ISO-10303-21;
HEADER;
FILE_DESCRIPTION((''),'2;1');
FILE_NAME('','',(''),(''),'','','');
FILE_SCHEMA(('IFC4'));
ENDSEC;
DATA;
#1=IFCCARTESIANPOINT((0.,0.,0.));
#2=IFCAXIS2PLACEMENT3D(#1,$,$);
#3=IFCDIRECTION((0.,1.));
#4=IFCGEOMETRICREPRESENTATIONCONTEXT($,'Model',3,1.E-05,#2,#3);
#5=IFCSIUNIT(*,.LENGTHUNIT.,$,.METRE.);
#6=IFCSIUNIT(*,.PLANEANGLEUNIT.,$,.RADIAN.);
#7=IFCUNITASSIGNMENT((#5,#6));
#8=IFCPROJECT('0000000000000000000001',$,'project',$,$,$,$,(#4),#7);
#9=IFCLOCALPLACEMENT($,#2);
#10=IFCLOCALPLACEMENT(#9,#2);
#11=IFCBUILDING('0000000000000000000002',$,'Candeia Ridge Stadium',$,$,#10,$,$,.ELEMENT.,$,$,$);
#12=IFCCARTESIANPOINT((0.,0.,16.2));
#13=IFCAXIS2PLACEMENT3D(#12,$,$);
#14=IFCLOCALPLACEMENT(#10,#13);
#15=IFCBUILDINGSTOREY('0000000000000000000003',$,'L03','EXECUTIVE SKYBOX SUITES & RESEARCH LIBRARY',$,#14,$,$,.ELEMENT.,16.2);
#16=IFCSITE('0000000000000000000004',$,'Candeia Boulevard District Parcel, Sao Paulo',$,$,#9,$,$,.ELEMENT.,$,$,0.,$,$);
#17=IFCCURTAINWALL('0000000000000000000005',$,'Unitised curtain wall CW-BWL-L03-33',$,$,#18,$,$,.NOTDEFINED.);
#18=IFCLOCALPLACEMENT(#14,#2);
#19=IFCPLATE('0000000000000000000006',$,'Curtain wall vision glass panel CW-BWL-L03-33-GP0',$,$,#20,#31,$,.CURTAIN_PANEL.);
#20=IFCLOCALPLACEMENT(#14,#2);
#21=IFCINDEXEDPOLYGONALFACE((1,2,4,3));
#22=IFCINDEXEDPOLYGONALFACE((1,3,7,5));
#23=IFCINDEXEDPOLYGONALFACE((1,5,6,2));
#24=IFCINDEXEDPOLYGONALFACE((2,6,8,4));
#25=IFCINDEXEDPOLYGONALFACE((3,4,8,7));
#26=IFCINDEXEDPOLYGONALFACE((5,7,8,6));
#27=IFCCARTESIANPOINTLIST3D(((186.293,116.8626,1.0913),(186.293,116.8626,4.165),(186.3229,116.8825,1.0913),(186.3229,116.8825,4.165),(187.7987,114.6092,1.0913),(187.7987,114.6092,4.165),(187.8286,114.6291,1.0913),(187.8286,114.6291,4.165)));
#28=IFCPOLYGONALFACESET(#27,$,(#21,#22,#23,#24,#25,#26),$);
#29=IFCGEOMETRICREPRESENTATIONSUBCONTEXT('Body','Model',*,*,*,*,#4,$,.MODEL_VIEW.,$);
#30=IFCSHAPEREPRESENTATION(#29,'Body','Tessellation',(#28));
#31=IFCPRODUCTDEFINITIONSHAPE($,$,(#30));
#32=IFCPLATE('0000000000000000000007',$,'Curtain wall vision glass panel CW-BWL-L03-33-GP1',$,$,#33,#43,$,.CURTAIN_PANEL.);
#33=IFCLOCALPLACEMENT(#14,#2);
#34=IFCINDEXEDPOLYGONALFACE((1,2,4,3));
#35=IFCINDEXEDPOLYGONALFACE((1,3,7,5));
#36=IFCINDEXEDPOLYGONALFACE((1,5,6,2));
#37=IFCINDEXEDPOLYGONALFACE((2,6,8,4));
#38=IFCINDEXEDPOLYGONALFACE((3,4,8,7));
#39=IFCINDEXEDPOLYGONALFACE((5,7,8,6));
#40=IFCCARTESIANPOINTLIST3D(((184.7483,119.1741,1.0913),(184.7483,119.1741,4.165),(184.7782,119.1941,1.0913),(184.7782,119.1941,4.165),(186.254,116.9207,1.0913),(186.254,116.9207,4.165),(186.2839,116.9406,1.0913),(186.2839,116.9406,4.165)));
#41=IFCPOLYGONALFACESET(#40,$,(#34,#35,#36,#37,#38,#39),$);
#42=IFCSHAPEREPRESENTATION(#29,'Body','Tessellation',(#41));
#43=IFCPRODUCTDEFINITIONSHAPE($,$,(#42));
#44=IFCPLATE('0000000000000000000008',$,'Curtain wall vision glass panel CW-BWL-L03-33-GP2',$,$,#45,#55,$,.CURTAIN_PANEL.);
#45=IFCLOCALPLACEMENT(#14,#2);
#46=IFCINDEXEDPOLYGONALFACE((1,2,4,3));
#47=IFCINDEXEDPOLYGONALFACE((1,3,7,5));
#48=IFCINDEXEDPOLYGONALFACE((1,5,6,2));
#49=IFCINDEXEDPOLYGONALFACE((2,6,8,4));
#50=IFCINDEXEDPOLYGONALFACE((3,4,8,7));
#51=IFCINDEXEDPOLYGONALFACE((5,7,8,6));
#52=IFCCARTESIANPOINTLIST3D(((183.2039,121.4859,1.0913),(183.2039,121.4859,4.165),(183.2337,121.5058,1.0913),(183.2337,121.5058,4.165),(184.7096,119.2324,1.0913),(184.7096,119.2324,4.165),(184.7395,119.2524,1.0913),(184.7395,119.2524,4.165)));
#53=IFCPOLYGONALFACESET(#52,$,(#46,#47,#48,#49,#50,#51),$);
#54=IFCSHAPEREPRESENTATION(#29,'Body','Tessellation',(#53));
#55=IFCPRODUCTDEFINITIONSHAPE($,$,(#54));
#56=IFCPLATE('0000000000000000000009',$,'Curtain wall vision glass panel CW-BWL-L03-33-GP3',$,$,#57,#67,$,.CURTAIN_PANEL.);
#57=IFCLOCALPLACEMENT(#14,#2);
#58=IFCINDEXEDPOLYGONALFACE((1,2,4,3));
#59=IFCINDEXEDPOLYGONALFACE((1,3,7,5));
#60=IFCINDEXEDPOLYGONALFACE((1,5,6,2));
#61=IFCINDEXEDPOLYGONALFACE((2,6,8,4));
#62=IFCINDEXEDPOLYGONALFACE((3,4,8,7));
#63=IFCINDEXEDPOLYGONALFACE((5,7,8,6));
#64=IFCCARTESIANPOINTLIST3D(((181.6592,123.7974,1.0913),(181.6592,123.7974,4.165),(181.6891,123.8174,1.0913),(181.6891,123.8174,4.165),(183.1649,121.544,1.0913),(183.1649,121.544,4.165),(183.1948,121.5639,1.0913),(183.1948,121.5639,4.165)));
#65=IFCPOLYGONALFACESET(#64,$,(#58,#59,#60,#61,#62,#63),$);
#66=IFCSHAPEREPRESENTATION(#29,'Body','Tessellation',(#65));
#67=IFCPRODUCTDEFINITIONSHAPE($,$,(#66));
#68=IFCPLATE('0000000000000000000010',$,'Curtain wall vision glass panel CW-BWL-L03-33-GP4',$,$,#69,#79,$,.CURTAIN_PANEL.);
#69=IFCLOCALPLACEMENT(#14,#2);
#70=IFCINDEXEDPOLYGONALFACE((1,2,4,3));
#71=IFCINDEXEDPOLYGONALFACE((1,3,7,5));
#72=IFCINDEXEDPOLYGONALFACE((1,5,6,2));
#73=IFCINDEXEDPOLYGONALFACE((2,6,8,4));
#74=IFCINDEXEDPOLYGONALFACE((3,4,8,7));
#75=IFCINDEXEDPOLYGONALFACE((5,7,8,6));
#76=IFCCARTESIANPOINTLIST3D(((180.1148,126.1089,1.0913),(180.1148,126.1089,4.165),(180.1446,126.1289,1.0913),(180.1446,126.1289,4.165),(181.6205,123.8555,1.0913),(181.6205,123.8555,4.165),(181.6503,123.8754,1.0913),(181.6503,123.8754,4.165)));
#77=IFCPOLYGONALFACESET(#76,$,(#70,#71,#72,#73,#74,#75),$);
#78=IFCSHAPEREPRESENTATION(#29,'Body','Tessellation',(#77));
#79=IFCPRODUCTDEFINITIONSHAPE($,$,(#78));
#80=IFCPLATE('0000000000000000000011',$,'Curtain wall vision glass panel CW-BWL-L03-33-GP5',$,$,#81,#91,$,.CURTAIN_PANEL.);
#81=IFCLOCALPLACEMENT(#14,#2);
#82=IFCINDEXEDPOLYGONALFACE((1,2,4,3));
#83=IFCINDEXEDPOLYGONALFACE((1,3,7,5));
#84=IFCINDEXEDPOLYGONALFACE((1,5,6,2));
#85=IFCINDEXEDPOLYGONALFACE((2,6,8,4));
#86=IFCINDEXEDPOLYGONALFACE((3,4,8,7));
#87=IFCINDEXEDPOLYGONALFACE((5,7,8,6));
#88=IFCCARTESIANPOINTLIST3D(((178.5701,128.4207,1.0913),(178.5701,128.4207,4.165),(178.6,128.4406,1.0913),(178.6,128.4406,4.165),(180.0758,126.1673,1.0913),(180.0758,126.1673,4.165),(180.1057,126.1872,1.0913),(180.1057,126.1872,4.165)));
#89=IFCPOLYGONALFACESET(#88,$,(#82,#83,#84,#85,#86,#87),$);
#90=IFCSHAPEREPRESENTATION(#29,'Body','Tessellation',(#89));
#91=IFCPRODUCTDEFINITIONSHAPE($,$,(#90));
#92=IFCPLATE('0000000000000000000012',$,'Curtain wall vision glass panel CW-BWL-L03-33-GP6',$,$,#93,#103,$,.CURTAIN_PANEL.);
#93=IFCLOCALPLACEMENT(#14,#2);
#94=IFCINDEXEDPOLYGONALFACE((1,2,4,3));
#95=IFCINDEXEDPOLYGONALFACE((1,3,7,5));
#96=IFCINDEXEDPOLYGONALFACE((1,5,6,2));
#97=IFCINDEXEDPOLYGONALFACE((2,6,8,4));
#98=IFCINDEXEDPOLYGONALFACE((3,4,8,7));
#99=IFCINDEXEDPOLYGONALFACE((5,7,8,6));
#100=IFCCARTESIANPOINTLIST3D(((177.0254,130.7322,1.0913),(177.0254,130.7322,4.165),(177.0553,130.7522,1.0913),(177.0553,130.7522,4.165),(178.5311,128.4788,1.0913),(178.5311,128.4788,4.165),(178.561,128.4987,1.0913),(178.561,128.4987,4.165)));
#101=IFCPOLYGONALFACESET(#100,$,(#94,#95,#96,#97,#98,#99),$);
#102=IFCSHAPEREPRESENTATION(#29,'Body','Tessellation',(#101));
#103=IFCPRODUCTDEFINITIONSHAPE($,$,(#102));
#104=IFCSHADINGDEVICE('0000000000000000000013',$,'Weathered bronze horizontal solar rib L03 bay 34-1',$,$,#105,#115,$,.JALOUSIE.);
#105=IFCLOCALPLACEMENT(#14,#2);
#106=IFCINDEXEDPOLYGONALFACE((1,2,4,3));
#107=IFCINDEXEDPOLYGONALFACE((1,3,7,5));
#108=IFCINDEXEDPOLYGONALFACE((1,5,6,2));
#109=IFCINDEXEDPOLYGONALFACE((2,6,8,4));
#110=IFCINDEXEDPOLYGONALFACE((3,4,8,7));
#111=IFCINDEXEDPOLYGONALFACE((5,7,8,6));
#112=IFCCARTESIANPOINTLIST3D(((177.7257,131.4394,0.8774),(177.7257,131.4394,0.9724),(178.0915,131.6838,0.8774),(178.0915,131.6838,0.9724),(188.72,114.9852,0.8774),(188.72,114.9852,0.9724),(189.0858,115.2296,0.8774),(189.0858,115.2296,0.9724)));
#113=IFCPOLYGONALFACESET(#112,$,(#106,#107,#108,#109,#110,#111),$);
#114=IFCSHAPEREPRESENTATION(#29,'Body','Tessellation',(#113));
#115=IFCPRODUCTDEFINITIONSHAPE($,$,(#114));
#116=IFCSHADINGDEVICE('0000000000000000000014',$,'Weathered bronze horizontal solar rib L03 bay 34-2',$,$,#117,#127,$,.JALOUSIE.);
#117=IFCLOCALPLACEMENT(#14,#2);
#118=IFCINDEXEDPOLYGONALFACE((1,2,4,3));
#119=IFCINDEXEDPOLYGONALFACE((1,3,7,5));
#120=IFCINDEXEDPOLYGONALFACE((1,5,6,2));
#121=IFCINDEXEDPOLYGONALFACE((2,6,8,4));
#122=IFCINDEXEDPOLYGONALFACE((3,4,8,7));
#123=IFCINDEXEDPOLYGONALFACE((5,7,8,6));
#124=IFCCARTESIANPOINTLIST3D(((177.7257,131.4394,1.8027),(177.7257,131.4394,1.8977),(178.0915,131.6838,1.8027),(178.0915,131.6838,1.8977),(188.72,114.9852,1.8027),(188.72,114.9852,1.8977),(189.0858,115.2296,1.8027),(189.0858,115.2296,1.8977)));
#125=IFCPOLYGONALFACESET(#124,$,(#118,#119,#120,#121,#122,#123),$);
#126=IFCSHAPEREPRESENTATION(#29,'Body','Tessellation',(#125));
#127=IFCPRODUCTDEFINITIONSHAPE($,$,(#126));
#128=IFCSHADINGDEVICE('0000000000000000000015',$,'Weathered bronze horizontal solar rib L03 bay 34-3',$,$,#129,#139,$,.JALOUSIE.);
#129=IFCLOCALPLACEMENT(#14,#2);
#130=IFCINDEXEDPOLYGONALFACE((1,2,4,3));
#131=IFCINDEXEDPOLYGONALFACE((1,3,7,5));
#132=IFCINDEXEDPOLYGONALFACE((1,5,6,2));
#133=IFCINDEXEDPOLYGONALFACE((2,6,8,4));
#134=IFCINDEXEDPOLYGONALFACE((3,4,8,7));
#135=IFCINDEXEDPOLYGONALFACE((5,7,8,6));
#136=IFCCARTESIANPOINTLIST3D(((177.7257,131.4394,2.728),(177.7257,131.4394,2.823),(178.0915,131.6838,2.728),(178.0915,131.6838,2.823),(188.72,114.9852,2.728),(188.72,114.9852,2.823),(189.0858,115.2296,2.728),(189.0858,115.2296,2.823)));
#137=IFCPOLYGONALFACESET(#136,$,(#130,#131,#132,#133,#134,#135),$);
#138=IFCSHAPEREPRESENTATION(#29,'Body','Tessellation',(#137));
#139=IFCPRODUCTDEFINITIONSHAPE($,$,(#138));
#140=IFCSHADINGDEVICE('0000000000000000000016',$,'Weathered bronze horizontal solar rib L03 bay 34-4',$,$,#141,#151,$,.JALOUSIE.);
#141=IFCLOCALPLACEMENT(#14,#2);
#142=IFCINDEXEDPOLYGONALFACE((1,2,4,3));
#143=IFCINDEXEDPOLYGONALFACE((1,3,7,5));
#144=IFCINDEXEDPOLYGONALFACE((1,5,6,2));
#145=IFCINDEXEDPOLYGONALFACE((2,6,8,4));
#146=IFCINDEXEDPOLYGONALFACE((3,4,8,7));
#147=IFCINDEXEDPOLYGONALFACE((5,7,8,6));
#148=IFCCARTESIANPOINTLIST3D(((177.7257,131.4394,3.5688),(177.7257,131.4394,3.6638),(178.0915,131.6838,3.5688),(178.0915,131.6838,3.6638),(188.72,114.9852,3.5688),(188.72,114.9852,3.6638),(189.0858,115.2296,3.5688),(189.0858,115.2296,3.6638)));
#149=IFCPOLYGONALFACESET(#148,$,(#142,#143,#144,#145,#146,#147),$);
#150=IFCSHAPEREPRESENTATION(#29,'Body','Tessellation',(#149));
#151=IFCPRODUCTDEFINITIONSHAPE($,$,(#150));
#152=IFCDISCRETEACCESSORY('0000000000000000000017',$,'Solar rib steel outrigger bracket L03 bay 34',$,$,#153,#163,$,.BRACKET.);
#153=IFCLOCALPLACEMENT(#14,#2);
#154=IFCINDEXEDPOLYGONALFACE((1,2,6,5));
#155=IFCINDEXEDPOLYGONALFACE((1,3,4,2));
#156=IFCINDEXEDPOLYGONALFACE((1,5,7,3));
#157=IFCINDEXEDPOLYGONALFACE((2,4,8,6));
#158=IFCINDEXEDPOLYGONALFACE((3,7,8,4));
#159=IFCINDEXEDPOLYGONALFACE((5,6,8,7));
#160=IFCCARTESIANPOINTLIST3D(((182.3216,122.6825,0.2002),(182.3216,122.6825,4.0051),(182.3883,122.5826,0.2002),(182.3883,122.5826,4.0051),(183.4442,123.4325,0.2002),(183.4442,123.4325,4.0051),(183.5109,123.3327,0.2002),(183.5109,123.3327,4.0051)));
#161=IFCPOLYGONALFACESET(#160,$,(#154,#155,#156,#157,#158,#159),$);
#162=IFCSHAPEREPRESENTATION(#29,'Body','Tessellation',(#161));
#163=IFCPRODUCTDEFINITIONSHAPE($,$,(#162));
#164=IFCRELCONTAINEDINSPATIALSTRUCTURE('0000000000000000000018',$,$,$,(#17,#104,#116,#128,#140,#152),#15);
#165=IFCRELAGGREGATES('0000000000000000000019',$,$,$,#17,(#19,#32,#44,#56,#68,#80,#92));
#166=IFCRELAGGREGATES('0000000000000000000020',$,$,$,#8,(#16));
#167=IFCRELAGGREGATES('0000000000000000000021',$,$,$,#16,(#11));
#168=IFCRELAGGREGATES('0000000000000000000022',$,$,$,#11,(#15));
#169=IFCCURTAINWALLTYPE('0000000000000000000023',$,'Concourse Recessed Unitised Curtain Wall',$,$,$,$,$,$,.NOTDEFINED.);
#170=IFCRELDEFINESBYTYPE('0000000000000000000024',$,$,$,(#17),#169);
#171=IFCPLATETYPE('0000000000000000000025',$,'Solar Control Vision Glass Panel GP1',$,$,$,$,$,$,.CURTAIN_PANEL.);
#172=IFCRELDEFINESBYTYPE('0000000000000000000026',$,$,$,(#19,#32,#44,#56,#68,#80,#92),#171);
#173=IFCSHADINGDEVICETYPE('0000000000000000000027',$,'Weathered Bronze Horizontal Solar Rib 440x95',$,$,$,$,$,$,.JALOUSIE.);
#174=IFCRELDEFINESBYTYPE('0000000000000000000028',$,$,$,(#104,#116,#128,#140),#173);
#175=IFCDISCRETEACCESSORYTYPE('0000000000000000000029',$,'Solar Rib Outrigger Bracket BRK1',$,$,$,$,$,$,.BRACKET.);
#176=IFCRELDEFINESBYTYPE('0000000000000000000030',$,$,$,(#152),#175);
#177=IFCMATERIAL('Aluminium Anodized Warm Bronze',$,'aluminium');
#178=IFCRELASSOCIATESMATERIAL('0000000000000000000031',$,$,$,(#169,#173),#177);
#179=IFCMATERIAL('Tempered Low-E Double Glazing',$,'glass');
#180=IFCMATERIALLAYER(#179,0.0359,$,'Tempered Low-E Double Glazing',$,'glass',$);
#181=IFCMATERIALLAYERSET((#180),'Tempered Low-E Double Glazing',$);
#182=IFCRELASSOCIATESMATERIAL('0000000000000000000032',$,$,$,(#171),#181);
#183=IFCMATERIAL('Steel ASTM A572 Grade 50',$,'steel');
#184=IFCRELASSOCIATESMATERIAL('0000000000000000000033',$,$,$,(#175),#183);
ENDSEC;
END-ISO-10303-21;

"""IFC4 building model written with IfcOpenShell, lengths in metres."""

from ifc_helpers import new_model, si_unit, direction, frame, origin, origin_2d, place, context, subcontext, project, spatial, rectangle, extrude, material, layer, layer_set, type_object, element, aggregate, save


model = new_model("IFC4")

# Units and contexts
model_context = context("Model", 3, precision=1e-05, world=origin(), true_north=direction((0.0, 1.0)))
body_context = subcontext(model_context, "Body", "Model", "MODEL_VIEW")
ifc_project = project(units=[si_unit("LENGTHUNIT", "METRE"), si_unit("PLANEANGLEUNIT", "RADIAN")], contexts=[model_context])

# Site, building, storey
site_placement = place(None, origin())
site = spatial("IfcSite", under=ifc_project, at=site_placement, Name="Candeia Boulevard District Parcel, Sao Paulo", CompositionType="ELEMENT", RefElevation=0.0)
building_placement = place(site_placement, origin())
building = spatial("IfcBuilding", under=site, at=building_placement, Name="Candeia Ridge Stadium", CompositionType="ELEMENT")
storey_placement = place(building_placement, frame((0.0, 0.0, 16.2)))
storey = spatial("IfcBuildingStorey", under=building, at=storey_placement, Name="L03", Description="EXECUTIVE SKYBOX SUITES & RESEARCH LIBRARY", CompositionType="ELEMENT", Elevation=16.2)

# Curtain wall
ifc_material_1 = material(Name="Aluminium Anodized Warm Bronze", Category="aluminium")
curtain_wall_type = type_object("IfcCurtainWallType", Name="Concourse Recessed Unitised Curtain Wall", PredefinedType="NOTDEFINED", material=ifc_material_1)
curtain_wall_placement = place(storey_placement, origin())
curtain_wall = element("IfcCurtainWall", 1, at=curtain_wall_placement, inside=storey, type_object=curtain_wall_type, Name="Unitised curtain wall CW-BWL-L03-33", PredefinedType="NOTDEFINED")

# Shared definitions
ifc_material_2 = material(Name="Steel ASTM A572 Grade 50", Category="steel")

# Plates
ifc_material_3 = material(Name="Tempered Low-E Double Glazing", Category="glass")
ifc_layer_1 = layer(ifc_material_3, 0.0359, Name="Tempered Low-E Double Glazing", Category="glass")
ifc_layer_set_1 = layer_set([ifc_layer_1], Name="Tempered Low-E Double Glazing")
plate_type_1 = type_object("IfcPlateType", Name="Solar Control Vision Glass Panel GP1", PredefinedType="CURTAIN_PANEL", material=ifc_layer_set_1)
plate_1_placement = place(storey_placement, frame((187.0608, 115.7458, 1.0913), z_axis=(0.0, 0.0, 1.0), x_axis=(-0.555571, 0.831469, 0.0)))
plate_1 = element("IfcPlate", 2, at=plate_1_placement, type_object=plate_type_1, Name="Curtain wall vision glass panel CW-BWL-L03-33-GP0", PredefinedType="CURTAIN_PANEL", context=body_context, shape_type="SweptSolid", body=[
    extrude(rectangle(XDim=2.7102, YDim=0.0359, at=origin_2d()), origin(), (0.0, 0.0, 1.0), 3.0737),
])
plate_2_placement = place(storey_placement, frame((185.5161, 118.0574, 1.0913), z_axis=(0.0, 0.0, 1.0), x_axis=(-0.555571, 0.831469, 0.0)))
plate_2 = element("IfcPlate", 3, at=plate_2_placement, type_object=plate_type_1, Name="Curtain wall vision glass panel CW-BWL-L03-33-GP1", PredefinedType="CURTAIN_PANEL", context=body_context, shape_type="SweptSolid", body=[
    extrude(rectangle(XDim=2.7102, YDim=0.0359, at=origin_2d()), origin(), (0.0, 0.0, 1.0), 3.0737),
])
plate_3_placement = place(storey_placement, frame((183.9717, 120.3691, 1.0913), z_axis=(0.0, 0.0, 1.0), x_axis=(-0.555571, 0.831469, 0.0)))
plate_3 = element("IfcPlate", 4, at=plate_3_placement, type_object=plate_type_1, Name="Curtain wall vision glass panel CW-BWL-L03-33-GP2", PredefinedType="CURTAIN_PANEL", context=body_context, shape_type="SweptSolid", body=[
    extrude(rectangle(XDim=2.7102, YDim=0.0359, at=origin_2d()), origin(), (0.0, 0.0, 1.0), 3.0737),
])
plate_4_placement = place(storey_placement, frame((182.427, 122.6807, 1.0913), z_axis=(0.0, 0.0, 1.0), x_axis=(-0.555571, 0.831469, 0.0)))
plate_4 = element("IfcPlate", 5, at=plate_4_placement, type_object=plate_type_1, Name="Curtain wall vision glass panel CW-BWL-L03-33-GP3", PredefinedType="CURTAIN_PANEL", context=body_context, shape_type="SweptSolid", body=[
    extrude(rectangle(XDim=2.7102, YDim=0.0359, at=origin_2d()), origin(), (0.0, 0.0, 1.0), 3.0737),
])
plate_5_placement = place(storey_placement, frame((180.8826, 124.9922, 1.0913), z_axis=(0.0, 0.0, 1.0), x_axis=(-0.555571, 0.831469, 0.0)))
plate_5 = element("IfcPlate", 6, at=plate_5_placement, type_object=plate_type_1, Name="Curtain wall vision glass panel CW-BWL-L03-33-GP4", PredefinedType="CURTAIN_PANEL", context=body_context, shape_type="SweptSolid", body=[
    extrude(rectangle(XDim=2.7102, YDim=0.0359, at=origin_2d()), origin(), (0.0, 0.0, 1.0), 3.0737),
])
plate_6_placement = place(storey_placement, frame((179.3379, 127.304, 1.0913), z_axis=(0.0, 0.0, 1.0), x_axis=(-0.555571, 0.831469, 0.0)))
plate_6 = element("IfcPlate", 7, at=plate_6_placement, type_object=plate_type_1, Name="Curtain wall vision glass panel CW-BWL-L03-33-GP5", PredefinedType="CURTAIN_PANEL", context=body_context, shape_type="SweptSolid", body=[
    extrude(rectangle(XDim=2.7102, YDim=0.0359, at=origin_2d()), origin(), (0.0, 0.0, 1.0), 3.0737),
])
plate_7_placement = place(storey_placement, frame((177.7932, 129.6155, 1.0913), z_axis=(0.0, 0.0, 1.0), x_axis=(-0.555571, 0.831469, 0.0)))
plate_7 = element("IfcPlate", 8, at=plate_7_placement, type_object=plate_type_1, Name="Curtain wall vision glass panel CW-BWL-L03-33-GP6", PredefinedType="CURTAIN_PANEL", context=body_context, shape_type="SweptSolid", body=[
    extrude(rectangle(XDim=2.7102, YDim=0.0359, at=origin_2d()), origin(), (0.0, 0.0, 1.0), 3.0737),
])
aggregate(curtain_wall, [plate_1, plate_2, plate_3, plate_4, plate_5, plate_6, plate_7])

# Shading devices
shading_device_type = type_object("IfcShadingDeviceType", Name="Weathered Bronze Horizontal Solar Rib 440x95", PredefinedType="JALOUSIE", material=ifc_material_1)
for number, where, z_axis, x_axis, name in (
    (9, (183.4058, 123.3345, 0.8774), (0.0, 0.0, 1.0), (-0.55557, 0.83147, 0.0), "Weathered bronze horizontal solar rib L03 bay 34-1"),
    (10, (183.4058, 123.3345, 1.8027), (0.0, 0.0, 1.0), (-0.55557, 0.83147, 0.0), "Weathered bronze horizontal solar rib L03 bay 34-2"),
    (11, (183.4058, 123.3345, 2.728), (0.0, 0.0, 1.0), (-0.55557, 0.83147, 0.0), "Weathered bronze horizontal solar rib L03 bay 34-3"),
    (12, (183.4058, 123.3345, 3.5688), (0.0, 0.0, 1.0), (-0.55557, 0.83147, 0.0), "Weathered bronze horizontal solar rib L03 bay 34-4"),
):
    element("IfcShadingDevice", number, at=place(storey_placement, frame(where, z_axis=z_axis, x_axis=x_axis)), inside=storey, type_object=shading_device_type, Name=name, PredefinedType="JALOUSIE", context=body_context, shape_type="SweptSolid", body=[
        extrude(rectangle(XDim=19.7893, YDim=0.4399, at=origin_2d()), origin(), (0.0, 0.0, 1.0), 0.095),
    ])

# Discrete accessory
discrete_accessory_type = type_object("IfcDiscreteAccessoryType", Name="Solar Rib Outrigger Bracket BRK1", PredefinedType="BRACKET", material=ifc_material_2)
discrete_accessory_placement = place(storey_placement, frame((182.9163, 123.0076, 0.2002), z_axis=(0.0, 0.0, 1.0), x_axis=(0.83147, 0.55557, 0.0)))
element("IfcDiscreteAccessory", 13, at=discrete_accessory_placement, inside=storey, type_object=discrete_accessory_type, Name="Solar rib steel outrigger bracket L03 bay 34", PredefinedType="BRACKET", context=body_context, shape_type="SweptSolid", body=[
    extrude(rectangle(XDim=1.3501, YDim=0.1201, at=origin_2d()), origin(), (0.0, 0.0, 1.0), 3.8049),
])

save(model, "model.ifc")
